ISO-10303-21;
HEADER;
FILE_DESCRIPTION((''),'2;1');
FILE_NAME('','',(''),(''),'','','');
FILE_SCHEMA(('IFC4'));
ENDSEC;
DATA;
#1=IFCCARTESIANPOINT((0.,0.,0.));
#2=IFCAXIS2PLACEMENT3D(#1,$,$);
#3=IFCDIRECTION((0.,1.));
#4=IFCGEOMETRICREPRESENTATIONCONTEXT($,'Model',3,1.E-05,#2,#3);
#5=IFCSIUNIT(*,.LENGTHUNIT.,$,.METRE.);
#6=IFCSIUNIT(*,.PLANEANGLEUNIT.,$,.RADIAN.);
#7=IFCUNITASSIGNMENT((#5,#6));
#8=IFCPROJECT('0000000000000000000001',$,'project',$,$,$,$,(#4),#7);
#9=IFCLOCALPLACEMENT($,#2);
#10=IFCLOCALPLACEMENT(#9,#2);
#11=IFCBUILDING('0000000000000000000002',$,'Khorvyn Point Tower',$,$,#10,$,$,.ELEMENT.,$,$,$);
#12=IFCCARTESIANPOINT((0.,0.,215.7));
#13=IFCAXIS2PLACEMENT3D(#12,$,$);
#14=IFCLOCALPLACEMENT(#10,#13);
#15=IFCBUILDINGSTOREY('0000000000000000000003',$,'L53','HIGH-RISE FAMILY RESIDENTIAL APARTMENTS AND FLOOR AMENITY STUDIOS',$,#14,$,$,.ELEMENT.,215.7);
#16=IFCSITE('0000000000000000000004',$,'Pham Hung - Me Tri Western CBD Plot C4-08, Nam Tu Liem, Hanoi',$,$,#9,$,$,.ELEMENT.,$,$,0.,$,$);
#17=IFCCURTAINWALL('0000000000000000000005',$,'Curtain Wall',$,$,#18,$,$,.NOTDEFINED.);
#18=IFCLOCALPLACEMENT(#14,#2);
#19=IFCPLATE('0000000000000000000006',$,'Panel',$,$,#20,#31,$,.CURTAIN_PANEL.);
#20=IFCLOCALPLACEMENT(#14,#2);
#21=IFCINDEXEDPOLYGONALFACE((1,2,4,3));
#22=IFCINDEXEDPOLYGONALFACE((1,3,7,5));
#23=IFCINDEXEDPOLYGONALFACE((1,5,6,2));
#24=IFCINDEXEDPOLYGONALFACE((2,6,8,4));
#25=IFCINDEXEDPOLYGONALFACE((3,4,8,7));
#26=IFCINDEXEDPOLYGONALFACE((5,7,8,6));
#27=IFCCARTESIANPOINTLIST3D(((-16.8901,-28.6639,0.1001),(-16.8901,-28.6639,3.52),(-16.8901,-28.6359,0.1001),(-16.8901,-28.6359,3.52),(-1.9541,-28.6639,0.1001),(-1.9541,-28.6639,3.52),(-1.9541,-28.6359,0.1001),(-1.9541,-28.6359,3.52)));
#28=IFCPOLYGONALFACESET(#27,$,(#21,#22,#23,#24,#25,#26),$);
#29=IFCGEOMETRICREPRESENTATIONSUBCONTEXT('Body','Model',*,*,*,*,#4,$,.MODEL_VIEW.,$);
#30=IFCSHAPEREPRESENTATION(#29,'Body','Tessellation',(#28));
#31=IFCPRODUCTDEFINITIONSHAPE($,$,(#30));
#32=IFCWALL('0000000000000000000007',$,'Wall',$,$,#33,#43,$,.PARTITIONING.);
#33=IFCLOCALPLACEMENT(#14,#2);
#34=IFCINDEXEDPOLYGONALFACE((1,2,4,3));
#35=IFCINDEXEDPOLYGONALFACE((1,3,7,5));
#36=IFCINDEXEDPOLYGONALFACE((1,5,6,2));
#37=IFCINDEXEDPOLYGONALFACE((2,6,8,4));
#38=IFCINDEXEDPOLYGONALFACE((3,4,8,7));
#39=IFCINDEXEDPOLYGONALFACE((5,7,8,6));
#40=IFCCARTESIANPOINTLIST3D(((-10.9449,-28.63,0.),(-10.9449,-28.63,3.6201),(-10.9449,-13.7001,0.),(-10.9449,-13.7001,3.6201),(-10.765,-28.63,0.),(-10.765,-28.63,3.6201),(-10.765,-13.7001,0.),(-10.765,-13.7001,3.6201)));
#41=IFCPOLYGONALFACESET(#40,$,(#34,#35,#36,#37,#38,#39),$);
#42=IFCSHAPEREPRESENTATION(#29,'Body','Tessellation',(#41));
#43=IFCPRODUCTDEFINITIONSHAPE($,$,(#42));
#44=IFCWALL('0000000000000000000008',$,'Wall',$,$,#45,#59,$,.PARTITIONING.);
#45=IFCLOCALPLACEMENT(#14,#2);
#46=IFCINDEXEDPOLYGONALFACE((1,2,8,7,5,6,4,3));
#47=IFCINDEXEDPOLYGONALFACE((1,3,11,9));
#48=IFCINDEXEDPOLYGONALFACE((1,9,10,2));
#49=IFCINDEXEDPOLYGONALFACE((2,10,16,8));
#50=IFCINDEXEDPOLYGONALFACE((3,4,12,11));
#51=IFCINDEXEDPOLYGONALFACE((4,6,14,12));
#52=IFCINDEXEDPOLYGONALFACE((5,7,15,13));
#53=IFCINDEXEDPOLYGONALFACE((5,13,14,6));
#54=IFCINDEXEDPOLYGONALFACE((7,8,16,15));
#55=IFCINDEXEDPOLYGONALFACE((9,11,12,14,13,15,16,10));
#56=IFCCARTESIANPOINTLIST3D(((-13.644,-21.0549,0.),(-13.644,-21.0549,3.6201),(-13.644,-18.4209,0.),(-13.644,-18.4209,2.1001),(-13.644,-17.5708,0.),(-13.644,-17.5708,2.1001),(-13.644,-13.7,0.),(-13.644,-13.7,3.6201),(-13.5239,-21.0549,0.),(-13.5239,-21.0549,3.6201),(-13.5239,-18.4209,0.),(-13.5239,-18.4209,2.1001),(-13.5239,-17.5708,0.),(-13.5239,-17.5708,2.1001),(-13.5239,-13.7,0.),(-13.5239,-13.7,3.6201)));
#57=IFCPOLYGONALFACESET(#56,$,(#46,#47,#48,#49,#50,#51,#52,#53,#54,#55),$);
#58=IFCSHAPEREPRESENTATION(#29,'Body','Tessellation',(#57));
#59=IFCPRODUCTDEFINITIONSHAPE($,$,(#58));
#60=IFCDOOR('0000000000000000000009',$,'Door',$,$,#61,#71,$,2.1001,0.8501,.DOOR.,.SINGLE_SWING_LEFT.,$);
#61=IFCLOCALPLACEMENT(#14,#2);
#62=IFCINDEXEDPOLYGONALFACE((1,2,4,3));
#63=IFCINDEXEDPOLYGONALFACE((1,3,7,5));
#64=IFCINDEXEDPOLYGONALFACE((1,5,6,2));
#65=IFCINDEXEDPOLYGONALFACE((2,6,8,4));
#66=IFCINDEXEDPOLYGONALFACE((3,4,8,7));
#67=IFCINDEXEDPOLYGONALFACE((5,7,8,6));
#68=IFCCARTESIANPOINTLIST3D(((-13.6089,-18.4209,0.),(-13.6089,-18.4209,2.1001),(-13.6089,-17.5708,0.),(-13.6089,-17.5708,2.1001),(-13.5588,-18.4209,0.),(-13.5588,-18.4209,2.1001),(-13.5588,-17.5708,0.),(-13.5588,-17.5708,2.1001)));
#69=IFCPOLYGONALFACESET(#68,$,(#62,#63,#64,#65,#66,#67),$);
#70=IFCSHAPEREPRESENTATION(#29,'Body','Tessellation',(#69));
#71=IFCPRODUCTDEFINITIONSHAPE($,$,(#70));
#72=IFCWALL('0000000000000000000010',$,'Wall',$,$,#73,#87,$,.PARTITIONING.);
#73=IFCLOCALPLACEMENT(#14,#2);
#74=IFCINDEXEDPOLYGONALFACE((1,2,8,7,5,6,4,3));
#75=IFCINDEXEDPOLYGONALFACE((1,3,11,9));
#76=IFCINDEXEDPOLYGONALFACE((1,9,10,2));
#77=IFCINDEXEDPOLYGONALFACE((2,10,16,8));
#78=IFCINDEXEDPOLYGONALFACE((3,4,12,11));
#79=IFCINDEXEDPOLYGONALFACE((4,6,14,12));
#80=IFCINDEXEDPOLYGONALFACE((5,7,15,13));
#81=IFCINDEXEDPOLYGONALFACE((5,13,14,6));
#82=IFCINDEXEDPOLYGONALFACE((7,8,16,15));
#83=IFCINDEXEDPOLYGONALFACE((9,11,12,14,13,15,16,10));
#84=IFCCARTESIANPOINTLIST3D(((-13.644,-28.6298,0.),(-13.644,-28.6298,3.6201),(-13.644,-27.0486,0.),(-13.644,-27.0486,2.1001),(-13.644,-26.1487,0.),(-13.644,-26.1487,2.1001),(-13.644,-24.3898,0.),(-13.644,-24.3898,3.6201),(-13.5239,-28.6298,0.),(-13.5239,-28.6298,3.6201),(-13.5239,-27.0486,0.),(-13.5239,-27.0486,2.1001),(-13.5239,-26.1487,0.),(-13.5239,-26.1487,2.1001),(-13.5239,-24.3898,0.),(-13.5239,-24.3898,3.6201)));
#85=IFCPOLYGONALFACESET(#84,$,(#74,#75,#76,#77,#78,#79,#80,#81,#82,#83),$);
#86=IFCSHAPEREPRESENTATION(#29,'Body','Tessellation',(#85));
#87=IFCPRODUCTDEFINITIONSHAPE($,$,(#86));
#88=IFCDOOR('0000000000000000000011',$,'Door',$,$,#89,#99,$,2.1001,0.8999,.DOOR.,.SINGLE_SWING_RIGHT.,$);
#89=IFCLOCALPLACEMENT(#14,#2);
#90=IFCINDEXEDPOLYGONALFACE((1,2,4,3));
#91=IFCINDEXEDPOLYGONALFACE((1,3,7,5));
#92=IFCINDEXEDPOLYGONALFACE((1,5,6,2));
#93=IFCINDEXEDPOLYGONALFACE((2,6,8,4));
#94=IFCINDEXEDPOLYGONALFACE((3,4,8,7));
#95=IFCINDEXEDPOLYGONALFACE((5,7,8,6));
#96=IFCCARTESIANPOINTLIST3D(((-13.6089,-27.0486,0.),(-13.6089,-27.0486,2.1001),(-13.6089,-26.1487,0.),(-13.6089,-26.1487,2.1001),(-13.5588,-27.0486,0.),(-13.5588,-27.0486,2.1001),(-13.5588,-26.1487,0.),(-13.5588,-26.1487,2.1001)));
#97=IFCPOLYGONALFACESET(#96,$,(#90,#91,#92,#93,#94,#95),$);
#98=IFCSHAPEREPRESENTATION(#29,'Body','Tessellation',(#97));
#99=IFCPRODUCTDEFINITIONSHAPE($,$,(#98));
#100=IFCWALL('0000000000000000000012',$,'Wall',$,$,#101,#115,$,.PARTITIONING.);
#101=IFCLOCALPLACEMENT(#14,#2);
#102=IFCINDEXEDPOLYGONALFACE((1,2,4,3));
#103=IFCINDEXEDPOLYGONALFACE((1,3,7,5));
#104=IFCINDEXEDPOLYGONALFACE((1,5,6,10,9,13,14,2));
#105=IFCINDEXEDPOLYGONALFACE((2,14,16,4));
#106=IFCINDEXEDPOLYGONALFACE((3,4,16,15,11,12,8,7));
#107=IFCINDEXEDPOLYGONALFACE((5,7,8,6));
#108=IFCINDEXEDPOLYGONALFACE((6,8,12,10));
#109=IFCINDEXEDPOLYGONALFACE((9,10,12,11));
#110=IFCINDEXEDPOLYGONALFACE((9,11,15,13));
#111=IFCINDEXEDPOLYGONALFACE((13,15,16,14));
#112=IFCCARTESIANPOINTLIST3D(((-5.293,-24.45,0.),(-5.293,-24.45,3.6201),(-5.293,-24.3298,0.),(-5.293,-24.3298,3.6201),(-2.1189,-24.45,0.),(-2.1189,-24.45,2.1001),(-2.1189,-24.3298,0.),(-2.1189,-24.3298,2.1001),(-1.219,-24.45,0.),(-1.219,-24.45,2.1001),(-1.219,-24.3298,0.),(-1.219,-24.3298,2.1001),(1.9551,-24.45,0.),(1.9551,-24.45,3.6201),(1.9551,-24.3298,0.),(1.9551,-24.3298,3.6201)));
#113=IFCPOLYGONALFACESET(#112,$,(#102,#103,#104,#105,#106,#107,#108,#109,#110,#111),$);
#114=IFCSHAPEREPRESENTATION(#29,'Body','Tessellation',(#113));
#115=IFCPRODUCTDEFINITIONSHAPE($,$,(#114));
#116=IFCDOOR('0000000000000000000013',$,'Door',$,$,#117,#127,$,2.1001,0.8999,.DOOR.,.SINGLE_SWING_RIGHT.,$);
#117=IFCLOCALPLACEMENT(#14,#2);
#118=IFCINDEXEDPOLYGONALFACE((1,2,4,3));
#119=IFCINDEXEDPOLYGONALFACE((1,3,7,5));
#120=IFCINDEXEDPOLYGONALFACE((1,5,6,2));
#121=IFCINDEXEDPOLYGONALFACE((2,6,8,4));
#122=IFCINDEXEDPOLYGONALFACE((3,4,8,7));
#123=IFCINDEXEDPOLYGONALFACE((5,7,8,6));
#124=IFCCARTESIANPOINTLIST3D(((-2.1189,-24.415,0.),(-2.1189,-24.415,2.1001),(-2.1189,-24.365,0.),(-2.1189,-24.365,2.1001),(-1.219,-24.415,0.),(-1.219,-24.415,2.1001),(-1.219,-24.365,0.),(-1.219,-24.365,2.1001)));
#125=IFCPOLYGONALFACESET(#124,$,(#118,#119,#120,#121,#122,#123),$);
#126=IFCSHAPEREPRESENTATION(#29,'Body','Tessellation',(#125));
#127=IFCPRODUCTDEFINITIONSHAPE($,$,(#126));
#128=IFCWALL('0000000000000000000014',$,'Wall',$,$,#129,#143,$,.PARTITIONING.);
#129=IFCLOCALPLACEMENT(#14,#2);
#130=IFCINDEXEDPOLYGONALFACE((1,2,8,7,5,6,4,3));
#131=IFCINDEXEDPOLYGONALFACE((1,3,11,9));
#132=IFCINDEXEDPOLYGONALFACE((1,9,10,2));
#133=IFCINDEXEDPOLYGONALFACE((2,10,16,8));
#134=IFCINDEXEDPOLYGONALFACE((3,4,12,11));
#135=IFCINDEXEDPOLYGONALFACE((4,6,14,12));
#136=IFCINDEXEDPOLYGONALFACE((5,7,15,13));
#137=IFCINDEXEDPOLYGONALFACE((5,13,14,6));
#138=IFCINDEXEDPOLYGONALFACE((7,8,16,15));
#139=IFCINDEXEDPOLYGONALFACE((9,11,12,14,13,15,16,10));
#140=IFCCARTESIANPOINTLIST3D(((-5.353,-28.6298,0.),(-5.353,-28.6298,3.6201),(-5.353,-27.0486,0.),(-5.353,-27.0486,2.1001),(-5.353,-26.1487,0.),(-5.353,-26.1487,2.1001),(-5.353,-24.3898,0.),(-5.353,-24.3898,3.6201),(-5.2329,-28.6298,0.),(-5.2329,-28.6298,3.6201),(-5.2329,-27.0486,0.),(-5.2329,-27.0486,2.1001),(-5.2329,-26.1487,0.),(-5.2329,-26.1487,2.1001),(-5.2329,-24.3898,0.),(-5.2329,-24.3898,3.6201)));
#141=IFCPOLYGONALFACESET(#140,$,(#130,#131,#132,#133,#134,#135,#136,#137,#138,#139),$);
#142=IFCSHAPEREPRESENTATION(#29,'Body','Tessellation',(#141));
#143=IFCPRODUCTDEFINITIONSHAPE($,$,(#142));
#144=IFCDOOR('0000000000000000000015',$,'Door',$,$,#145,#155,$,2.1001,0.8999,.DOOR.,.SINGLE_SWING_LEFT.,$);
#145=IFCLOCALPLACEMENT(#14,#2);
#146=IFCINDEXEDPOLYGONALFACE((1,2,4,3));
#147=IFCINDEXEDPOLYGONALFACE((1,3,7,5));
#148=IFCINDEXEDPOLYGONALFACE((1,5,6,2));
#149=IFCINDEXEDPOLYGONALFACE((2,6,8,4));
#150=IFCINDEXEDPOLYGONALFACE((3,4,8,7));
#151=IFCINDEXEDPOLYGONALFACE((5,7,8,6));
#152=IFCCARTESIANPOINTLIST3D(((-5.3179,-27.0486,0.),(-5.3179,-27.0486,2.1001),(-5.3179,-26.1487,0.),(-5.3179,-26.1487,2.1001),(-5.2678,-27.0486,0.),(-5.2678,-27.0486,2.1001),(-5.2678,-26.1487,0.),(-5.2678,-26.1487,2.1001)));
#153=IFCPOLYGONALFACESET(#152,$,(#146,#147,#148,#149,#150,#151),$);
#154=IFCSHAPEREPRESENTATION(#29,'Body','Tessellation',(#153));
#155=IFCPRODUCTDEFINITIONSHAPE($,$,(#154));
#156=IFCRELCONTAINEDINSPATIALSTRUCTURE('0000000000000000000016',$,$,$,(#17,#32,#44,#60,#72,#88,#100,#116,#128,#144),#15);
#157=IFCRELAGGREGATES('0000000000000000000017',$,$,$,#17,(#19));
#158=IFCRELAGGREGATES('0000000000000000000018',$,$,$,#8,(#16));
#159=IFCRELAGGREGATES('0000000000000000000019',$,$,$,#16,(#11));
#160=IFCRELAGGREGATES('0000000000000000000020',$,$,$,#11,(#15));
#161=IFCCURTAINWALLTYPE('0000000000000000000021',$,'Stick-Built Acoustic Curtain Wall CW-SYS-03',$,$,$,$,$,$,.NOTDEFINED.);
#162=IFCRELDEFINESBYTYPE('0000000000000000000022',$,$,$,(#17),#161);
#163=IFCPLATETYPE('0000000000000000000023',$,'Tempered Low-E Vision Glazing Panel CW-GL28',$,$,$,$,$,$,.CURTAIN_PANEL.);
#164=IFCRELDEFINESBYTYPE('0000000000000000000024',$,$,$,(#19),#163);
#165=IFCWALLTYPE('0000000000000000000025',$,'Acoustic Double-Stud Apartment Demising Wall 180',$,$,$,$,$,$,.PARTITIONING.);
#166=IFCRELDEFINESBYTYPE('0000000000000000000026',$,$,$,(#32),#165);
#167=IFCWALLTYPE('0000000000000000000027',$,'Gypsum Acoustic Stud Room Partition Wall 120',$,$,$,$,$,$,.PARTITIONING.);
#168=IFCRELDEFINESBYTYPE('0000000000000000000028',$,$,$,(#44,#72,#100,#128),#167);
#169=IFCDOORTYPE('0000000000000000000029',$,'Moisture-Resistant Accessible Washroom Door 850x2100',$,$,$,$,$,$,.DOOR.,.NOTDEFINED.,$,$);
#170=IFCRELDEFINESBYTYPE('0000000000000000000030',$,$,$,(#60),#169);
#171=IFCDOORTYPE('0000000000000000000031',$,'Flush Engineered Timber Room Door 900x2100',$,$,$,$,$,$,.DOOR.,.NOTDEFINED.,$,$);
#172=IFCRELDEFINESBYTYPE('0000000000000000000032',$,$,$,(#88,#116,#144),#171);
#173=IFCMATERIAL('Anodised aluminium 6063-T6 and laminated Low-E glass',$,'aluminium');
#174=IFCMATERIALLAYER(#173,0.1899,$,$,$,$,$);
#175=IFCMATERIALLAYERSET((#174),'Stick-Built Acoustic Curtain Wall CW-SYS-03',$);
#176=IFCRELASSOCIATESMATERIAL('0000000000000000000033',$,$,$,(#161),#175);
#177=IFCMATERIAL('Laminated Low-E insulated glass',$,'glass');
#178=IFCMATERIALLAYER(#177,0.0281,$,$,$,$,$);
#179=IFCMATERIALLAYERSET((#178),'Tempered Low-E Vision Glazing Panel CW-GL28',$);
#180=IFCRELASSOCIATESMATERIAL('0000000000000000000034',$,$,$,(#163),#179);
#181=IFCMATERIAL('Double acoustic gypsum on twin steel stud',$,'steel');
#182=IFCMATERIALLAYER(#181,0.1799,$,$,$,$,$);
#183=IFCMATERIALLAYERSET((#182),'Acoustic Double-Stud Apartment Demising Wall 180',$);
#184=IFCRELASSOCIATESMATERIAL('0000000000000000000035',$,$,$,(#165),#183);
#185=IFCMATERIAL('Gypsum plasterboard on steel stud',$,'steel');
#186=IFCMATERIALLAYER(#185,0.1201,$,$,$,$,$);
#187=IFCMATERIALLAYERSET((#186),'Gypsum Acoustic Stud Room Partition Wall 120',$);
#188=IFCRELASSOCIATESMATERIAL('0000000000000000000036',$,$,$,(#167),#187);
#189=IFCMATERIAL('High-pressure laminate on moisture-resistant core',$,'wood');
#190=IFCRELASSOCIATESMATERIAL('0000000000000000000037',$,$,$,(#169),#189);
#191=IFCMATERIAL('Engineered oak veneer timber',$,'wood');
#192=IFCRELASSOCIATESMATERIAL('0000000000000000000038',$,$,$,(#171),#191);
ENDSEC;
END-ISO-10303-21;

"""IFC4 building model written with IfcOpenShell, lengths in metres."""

from ifc_helpers import new_model, si_unit, direction, frame, frame_2d, origin, origin_2d, place, context, subcontext, project, spatial, rectangle, extrude, material, layer, layer_set, type_object, element, fill, aggregate, save


model = new_model("IFC4")

# Units and contexts
model_context = context("Model", 3, precision=1e-05, world=origin(), true_north=direction((0.0, 1.0)))
body_context = subcontext(model_context, "Body", "Model", "MODEL_VIEW")
ifc_project = project(units=[si_unit("LENGTHUNIT", "METRE"), si_unit("PLANEANGLEUNIT", "RADIAN")], contexts=[model_context])

# Site, building, storey
site_placement = place(None, origin())
site = spatial("IfcSite", under=ifc_project, at=site_placement, Name="Pham Hung - Me Tri Western CBD Plot C4-08, Nam Tu Liem, Hanoi", CompositionType="ELEMENT", RefElevation=0.0)
building_placement = place(site_placement, origin())
building = spatial("IfcBuilding", under=site, at=building_placement, Name="Khorvyn Point Tower", CompositionType="ELEMENT")
storey_placement = place(building_placement, frame((0.0, 0.0, 215.7)))
storey = spatial("IfcBuildingStorey", under=building, at=storey_placement, Name="L53", Description="HIGH-RISE FAMILY RESIDENTIAL APARTMENTS AND FLOOR AMENITY STUDIOS", CompositionType="ELEMENT", Elevation=215.7)

# Curtain wall
ifc_material_1 = material(Name="Anodised aluminium 6063-T6 and laminated Low-E glass", Category="aluminium")
ifc_layer_1 = layer(ifc_material_1, 0.1899)
ifc_layer_set_1 = layer_set([ifc_layer_1], Name="Stick-Built Acoustic Curtain Wall CW-SYS-03")
curtain_wall_type = type_object("IfcCurtainWallType", Name="Stick-Built Acoustic Curtain Wall CW-SYS-03", PredefinedType="NOTDEFINED", material=ifc_layer_set_1)
curtain_wall_placement = place(storey_placement, origin())
curtain_wall = element("IfcCurtainWall", 1, at=curtain_wall_placement, inside=storey, type_object=curtain_wall_type, Name="Curtain Wall", PredefinedType="NOTDEFINED")

# Plate
ifc_material_2 = material(Name="Laminated Low-E insulated glass", Category="glass")
ifc_layer_2 = layer(ifc_material_2, 0.0281)
ifc_layer_set_2 = layer_set([ifc_layer_2], Name="Tempered Low-E Vision Glazing Panel CW-GL28")
plate_type = type_object("IfcPlateType", Name="Tempered Low-E Vision Glazing Panel CW-GL28", PredefinedType="CURTAIN_PANEL", material=ifc_layer_set_2)
plate_placement = place(storey_placement, frame((-9.4221, -28.6499, 0.1001), z_axis=(0.0, 0.0, 1.0), x_axis=(-1.0, 0.0, 0.0)))
plate = element("IfcPlate", 2, at=plate_placement, type_object=plate_type, Name="Panel", PredefinedType="CURTAIN_PANEL", context=body_context, shape_type="SweptSolid", body=[
    extrude(rectangle(XDim=14.936, YDim=0.0281, at=origin_2d()), origin(), (0.0, 0.0, 1.0), 3.4199),
])
aggregate(curtain_wall, [plate])

# Wall
ifc_material_3 = material(Name="Double acoustic gypsum on twin steel stud", Category="steel")
ifc_layer_3 = layer(ifc_material_3, 0.1799)
ifc_layer_set_3 = layer_set([ifc_layer_3], Name="Acoustic Double-Stud Apartment Demising Wall 180")
wall_type_1 = type_object("IfcWallType", Name="Acoustic Double-Stud Apartment Demising Wall 180", PredefinedType="PARTITIONING", material=ifc_layer_set_3)
wall_1_placement = place(storey_placement, frame((-10.855, -28.6299, 0.0), z_axis=(0.0, 0.0, 1.0), x_axis=(0.0, 1.0, 0.0)))
element("IfcWall", 3, at=wall_1_placement, inside=storey, type_object=wall_type_1, Name="Wall", PredefinedType="PARTITIONING", context=body_context, shape_type="SweptSolid", body=[
    extrude(rectangle(XDim=14.9299, YDim=0.1799, at=frame_2d((7.4648, 0.0))), origin(), (0.0, 0.0, 1.0), 3.6201),
])

# Walls, openings, doors
ifc_material_4 = material(Name="Gypsum plasterboard on steel stud", Category="steel")
ifc_layer_4 = layer(ifc_material_4, 0.1201)
ifc_layer_set_4 = layer_set([ifc_layer_4], Name="Gypsum Acoustic Stud Room Partition Wall 120")
wall_type_2 = type_object("IfcWallType", Name="Gypsum Acoustic Stud Room Partition Wall 120", PredefinedType="PARTITIONING", material=ifc_layer_set_4)
wall_2_placement = place(storey_placement, frame((-13.584, -21.0549, 0.0), z_axis=(0.0, 0.0, 1.0), x_axis=(0.0, 1.0, 0.0)))
wall_2 = element("IfcWall", 4, at=wall_2_placement, inside=storey, type_object=wall_type_2, Name="Wall", PredefinedType="PARTITIONING", context=body_context, shape_type="SweptSolid", body=[
    extrude(rectangle(XDim=7.355, YDim=0.1201, at=frame_2d((3.6775, 0.0))), origin(), (0.0, 0.0, 1.0), 3.6201),
])
opening_1_placement = place(wall_2_placement, frame((2.634, 0.0, 0.0)))
opening_1 = element("IfcOpeningElement", 5, at=opening_1_placement, cuts=wall_2, PredefinedType="OPENING", context=body_context, shape_type="SweptSolid", body=[
    extrude(rectangle(XDim=0.8501, YDim=2.1001, at=frame_2d((0.425, 1.05))), frame((0.0, 0.0701, 0.0), z_axis=(0.0, -1.0, 0.0), x_axis=(1.0, 0.0, 0.0)), (0.0, 0.0, 1.0), 0.1401),
])
ifc_material_5 = material(Name="High-pressure laminate on moisture-resistant core", Category="wood")
door_type_1 = type_object("IfcDoorType", Name="Moisture-Resistant Accessible Washroom Door 850x2100", OperationType="NOTDEFINED", PredefinedType="DOOR", material=ifc_material_5)
door_1_placement = place(opening_1_placement, origin())
door_1 = element("IfcDoor", 6, at=door_1_placement, inside=storey, type_object=door_type_1, Name="Door", OperationType="SINGLE_SWING_LEFT", OverallHeight=2.1001, OverallWidth=0.8501, PredefinedType="DOOR", context=body_context, shape_type="SweptSolid", body=[
    extrude(rectangle(XDim=0.8501, YDim=2.1001, at=frame_2d((0.425, 1.05))), frame((0.0, 0.0249, 0.0), z_axis=(0.0, -1.0, 0.0), x_axis=(1.0, 0.0, 0.0)), (0.0, 0.0, 1.0), 0.05),
])
fill(opening_1, door_1)
wall_3_placement = place(storey_placement, frame((-13.584, -28.6299, 0.0), z_axis=(0.0, 0.0, 1.0), x_axis=(0.0, 1.0, 0.0)))
wall_3 = element("IfcWall", 7, at=wall_3_placement, inside=storey, type_object=wall_type_2, Name="Wall", PredefinedType="PARTITIONING", context=body_context, shape_type="SweptSolid", body=[
    extrude(rectangle(XDim=4.24, YDim=0.1201, at=frame_2d((2.1201, 0.0))), origin(), (0.0, 0.0, 1.0), 3.6201),
])
opening_2_placement = place(wall_3_placement, frame((1.5813, 0.0, 0.0)))
opening_2 = element("IfcOpeningElement", 8, at=opening_2_placement, cuts=wall_3, PredefinedType="OPENING", context=body_context, shape_type="SweptSolid", body=[
    extrude(rectangle(XDim=0.8999, YDim=2.1001, at=frame_2d((0.45, 1.05))), frame((0.0, 0.0701, 0.0), z_axis=(0.0, -1.0, 0.0), x_axis=(1.0, 0.0, 0.0)), (0.0, 0.0, 1.0), 0.1401),
])
ifc_material_6 = material(Name="Engineered oak veneer timber", Category="wood")
door_type_2 = type_object("IfcDoorType", Name="Flush Engineered Timber Room Door 900x2100", OperationType="NOTDEFINED", PredefinedType="DOOR", material=ifc_material_6)
door_2_placement = place(opening_2_placement, origin())
door_2 = element("IfcDoor", 9, at=door_2_placement, inside=storey, type_object=door_type_2, Name="Door", OperationType="SINGLE_SWING_RIGHT", OverallHeight=2.1001, OverallWidth=0.8999, PredefinedType="DOOR", context=body_context, shape_type="SweptSolid", body=[
    extrude(rectangle(XDim=0.8999, YDim=2.1001, at=frame_2d((0.45, 1.05))), frame((0.0, 0.0249, 0.0), z_axis=(0.0, -1.0, 0.0), x_axis=(1.0, 0.0, 0.0)), (0.0, 0.0, 1.0), 0.05),
])
fill(opening_2, door_2)
wall_4_placement = place(storey_placement, frame((-5.293, -24.3899, 0.0), z_axis=(0.0, 0.0, 1.0), x_axis=(1.0, 0.0, 0.0)))
wall_4 = element("IfcWall", 10, at=wall_4_placement, inside=storey, type_object=wall_type_2, Name="Wall", PredefinedType="PARTITIONING", context=body_context, shape_type="SweptSolid", body=[
    extrude(rectangle(XDim=7.248, YDim=0.1201, at=frame_2d((3.624, 0.0))), origin(), (0.0, 0.0, 1.0), 3.6201),
])
opening_3_placement = place(wall_4_placement, frame((3.1741, 0.0, 0.0)))
opening_3 = element("IfcOpeningElement", 11, at=opening_3_placement, cuts=wall_4, PredefinedType="OPENING", context=body_context, shape_type="SweptSolid", body=[
    extrude(rectangle(XDim=0.8999, YDim=2.1001, at=frame_2d((0.45, 1.05))), frame((0.0, 0.0701, 0.0), z_axis=(0.0, -1.0, 0.0), x_axis=(1.0, 0.0, 0.0)), (0.0, 0.0, 1.0), 0.1401),
])
door_3_placement = place(opening_3_placement, origin())
door_3 = element("IfcDoor", 12, at=door_3_placement, inside=storey, type_object=door_type_2, Name="Door", OperationType="SINGLE_SWING_RIGHT", OverallHeight=2.1001, OverallWidth=0.8999, PredefinedType="DOOR", context=body_context, shape_type="SweptSolid", body=[
    extrude(rectangle(XDim=0.8999, YDim=2.1001, at=frame_2d((0.45, 1.05))), frame((0.0, 0.0249, 0.0), z_axis=(0.0, -1.0, 0.0), x_axis=(1.0, 0.0, 0.0)), (0.0, 0.0, 1.0), 0.05),
])
fill(opening_3, door_3)
wall_5_placement = place(storey_placement, frame((-5.293, -28.6299, 0.0), z_axis=(0.0, 0.0, 1.0), x_axis=(0.0, 1.0, 0.0)))
wall_5 = element("IfcWall", 13, at=wall_5_placement, inside=storey, type_object=wall_type_2, Name="Wall", PredefinedType="PARTITIONING", context=body_context, shape_type="SweptSolid", body=[
    extrude(rectangle(XDim=4.24, YDim=0.1201, at=frame_2d((2.1201, 0.0))), origin(), (0.0, 0.0, 1.0), 3.6201),
])
opening_4_placement = place(wall_5_placement, frame((1.5813, 0.0, 0.0)))
opening_4 = element("IfcOpeningElement", 14, at=opening_4_placement, cuts=wall_5, PredefinedType="OPENING", context=body_context, shape_type="SweptSolid", body=[
    extrude(rectangle(XDim=0.8999, YDim=2.1001, at=frame_2d((0.45, 1.05))), frame((0.0, 0.0701, 0.0), z_axis=(0.0, -1.0, 0.0), x_axis=(1.0, 0.0, 0.0)), (0.0, 0.0, 1.0), 0.1401),
])
door_4_placement = place(opening_4_placement, origin())
door_4 = element("IfcDoor", 15, at=door_4_placement, inside=storey, type_object=door_type_2, Name="Door", OperationType="SINGLE_SWING_LEFT", OverallHeight=2.1001, OverallWidth=0.8999, PredefinedType="DOOR", context=body_context, shape_type="SweptSolid", body=[
    extrude(rectangle(XDim=0.8999, YDim=2.1001, at=frame_2d((0.45, 1.05))), frame((0.0, 0.0249, 0.0), z_axis=(0.0, -1.0, 0.0), x_axis=(1.0, 0.0, 0.0)), (0.0, 0.0, 1.0), 0.05),
])
fill(opening_4, door_4)

save(model, "model.ifc")
